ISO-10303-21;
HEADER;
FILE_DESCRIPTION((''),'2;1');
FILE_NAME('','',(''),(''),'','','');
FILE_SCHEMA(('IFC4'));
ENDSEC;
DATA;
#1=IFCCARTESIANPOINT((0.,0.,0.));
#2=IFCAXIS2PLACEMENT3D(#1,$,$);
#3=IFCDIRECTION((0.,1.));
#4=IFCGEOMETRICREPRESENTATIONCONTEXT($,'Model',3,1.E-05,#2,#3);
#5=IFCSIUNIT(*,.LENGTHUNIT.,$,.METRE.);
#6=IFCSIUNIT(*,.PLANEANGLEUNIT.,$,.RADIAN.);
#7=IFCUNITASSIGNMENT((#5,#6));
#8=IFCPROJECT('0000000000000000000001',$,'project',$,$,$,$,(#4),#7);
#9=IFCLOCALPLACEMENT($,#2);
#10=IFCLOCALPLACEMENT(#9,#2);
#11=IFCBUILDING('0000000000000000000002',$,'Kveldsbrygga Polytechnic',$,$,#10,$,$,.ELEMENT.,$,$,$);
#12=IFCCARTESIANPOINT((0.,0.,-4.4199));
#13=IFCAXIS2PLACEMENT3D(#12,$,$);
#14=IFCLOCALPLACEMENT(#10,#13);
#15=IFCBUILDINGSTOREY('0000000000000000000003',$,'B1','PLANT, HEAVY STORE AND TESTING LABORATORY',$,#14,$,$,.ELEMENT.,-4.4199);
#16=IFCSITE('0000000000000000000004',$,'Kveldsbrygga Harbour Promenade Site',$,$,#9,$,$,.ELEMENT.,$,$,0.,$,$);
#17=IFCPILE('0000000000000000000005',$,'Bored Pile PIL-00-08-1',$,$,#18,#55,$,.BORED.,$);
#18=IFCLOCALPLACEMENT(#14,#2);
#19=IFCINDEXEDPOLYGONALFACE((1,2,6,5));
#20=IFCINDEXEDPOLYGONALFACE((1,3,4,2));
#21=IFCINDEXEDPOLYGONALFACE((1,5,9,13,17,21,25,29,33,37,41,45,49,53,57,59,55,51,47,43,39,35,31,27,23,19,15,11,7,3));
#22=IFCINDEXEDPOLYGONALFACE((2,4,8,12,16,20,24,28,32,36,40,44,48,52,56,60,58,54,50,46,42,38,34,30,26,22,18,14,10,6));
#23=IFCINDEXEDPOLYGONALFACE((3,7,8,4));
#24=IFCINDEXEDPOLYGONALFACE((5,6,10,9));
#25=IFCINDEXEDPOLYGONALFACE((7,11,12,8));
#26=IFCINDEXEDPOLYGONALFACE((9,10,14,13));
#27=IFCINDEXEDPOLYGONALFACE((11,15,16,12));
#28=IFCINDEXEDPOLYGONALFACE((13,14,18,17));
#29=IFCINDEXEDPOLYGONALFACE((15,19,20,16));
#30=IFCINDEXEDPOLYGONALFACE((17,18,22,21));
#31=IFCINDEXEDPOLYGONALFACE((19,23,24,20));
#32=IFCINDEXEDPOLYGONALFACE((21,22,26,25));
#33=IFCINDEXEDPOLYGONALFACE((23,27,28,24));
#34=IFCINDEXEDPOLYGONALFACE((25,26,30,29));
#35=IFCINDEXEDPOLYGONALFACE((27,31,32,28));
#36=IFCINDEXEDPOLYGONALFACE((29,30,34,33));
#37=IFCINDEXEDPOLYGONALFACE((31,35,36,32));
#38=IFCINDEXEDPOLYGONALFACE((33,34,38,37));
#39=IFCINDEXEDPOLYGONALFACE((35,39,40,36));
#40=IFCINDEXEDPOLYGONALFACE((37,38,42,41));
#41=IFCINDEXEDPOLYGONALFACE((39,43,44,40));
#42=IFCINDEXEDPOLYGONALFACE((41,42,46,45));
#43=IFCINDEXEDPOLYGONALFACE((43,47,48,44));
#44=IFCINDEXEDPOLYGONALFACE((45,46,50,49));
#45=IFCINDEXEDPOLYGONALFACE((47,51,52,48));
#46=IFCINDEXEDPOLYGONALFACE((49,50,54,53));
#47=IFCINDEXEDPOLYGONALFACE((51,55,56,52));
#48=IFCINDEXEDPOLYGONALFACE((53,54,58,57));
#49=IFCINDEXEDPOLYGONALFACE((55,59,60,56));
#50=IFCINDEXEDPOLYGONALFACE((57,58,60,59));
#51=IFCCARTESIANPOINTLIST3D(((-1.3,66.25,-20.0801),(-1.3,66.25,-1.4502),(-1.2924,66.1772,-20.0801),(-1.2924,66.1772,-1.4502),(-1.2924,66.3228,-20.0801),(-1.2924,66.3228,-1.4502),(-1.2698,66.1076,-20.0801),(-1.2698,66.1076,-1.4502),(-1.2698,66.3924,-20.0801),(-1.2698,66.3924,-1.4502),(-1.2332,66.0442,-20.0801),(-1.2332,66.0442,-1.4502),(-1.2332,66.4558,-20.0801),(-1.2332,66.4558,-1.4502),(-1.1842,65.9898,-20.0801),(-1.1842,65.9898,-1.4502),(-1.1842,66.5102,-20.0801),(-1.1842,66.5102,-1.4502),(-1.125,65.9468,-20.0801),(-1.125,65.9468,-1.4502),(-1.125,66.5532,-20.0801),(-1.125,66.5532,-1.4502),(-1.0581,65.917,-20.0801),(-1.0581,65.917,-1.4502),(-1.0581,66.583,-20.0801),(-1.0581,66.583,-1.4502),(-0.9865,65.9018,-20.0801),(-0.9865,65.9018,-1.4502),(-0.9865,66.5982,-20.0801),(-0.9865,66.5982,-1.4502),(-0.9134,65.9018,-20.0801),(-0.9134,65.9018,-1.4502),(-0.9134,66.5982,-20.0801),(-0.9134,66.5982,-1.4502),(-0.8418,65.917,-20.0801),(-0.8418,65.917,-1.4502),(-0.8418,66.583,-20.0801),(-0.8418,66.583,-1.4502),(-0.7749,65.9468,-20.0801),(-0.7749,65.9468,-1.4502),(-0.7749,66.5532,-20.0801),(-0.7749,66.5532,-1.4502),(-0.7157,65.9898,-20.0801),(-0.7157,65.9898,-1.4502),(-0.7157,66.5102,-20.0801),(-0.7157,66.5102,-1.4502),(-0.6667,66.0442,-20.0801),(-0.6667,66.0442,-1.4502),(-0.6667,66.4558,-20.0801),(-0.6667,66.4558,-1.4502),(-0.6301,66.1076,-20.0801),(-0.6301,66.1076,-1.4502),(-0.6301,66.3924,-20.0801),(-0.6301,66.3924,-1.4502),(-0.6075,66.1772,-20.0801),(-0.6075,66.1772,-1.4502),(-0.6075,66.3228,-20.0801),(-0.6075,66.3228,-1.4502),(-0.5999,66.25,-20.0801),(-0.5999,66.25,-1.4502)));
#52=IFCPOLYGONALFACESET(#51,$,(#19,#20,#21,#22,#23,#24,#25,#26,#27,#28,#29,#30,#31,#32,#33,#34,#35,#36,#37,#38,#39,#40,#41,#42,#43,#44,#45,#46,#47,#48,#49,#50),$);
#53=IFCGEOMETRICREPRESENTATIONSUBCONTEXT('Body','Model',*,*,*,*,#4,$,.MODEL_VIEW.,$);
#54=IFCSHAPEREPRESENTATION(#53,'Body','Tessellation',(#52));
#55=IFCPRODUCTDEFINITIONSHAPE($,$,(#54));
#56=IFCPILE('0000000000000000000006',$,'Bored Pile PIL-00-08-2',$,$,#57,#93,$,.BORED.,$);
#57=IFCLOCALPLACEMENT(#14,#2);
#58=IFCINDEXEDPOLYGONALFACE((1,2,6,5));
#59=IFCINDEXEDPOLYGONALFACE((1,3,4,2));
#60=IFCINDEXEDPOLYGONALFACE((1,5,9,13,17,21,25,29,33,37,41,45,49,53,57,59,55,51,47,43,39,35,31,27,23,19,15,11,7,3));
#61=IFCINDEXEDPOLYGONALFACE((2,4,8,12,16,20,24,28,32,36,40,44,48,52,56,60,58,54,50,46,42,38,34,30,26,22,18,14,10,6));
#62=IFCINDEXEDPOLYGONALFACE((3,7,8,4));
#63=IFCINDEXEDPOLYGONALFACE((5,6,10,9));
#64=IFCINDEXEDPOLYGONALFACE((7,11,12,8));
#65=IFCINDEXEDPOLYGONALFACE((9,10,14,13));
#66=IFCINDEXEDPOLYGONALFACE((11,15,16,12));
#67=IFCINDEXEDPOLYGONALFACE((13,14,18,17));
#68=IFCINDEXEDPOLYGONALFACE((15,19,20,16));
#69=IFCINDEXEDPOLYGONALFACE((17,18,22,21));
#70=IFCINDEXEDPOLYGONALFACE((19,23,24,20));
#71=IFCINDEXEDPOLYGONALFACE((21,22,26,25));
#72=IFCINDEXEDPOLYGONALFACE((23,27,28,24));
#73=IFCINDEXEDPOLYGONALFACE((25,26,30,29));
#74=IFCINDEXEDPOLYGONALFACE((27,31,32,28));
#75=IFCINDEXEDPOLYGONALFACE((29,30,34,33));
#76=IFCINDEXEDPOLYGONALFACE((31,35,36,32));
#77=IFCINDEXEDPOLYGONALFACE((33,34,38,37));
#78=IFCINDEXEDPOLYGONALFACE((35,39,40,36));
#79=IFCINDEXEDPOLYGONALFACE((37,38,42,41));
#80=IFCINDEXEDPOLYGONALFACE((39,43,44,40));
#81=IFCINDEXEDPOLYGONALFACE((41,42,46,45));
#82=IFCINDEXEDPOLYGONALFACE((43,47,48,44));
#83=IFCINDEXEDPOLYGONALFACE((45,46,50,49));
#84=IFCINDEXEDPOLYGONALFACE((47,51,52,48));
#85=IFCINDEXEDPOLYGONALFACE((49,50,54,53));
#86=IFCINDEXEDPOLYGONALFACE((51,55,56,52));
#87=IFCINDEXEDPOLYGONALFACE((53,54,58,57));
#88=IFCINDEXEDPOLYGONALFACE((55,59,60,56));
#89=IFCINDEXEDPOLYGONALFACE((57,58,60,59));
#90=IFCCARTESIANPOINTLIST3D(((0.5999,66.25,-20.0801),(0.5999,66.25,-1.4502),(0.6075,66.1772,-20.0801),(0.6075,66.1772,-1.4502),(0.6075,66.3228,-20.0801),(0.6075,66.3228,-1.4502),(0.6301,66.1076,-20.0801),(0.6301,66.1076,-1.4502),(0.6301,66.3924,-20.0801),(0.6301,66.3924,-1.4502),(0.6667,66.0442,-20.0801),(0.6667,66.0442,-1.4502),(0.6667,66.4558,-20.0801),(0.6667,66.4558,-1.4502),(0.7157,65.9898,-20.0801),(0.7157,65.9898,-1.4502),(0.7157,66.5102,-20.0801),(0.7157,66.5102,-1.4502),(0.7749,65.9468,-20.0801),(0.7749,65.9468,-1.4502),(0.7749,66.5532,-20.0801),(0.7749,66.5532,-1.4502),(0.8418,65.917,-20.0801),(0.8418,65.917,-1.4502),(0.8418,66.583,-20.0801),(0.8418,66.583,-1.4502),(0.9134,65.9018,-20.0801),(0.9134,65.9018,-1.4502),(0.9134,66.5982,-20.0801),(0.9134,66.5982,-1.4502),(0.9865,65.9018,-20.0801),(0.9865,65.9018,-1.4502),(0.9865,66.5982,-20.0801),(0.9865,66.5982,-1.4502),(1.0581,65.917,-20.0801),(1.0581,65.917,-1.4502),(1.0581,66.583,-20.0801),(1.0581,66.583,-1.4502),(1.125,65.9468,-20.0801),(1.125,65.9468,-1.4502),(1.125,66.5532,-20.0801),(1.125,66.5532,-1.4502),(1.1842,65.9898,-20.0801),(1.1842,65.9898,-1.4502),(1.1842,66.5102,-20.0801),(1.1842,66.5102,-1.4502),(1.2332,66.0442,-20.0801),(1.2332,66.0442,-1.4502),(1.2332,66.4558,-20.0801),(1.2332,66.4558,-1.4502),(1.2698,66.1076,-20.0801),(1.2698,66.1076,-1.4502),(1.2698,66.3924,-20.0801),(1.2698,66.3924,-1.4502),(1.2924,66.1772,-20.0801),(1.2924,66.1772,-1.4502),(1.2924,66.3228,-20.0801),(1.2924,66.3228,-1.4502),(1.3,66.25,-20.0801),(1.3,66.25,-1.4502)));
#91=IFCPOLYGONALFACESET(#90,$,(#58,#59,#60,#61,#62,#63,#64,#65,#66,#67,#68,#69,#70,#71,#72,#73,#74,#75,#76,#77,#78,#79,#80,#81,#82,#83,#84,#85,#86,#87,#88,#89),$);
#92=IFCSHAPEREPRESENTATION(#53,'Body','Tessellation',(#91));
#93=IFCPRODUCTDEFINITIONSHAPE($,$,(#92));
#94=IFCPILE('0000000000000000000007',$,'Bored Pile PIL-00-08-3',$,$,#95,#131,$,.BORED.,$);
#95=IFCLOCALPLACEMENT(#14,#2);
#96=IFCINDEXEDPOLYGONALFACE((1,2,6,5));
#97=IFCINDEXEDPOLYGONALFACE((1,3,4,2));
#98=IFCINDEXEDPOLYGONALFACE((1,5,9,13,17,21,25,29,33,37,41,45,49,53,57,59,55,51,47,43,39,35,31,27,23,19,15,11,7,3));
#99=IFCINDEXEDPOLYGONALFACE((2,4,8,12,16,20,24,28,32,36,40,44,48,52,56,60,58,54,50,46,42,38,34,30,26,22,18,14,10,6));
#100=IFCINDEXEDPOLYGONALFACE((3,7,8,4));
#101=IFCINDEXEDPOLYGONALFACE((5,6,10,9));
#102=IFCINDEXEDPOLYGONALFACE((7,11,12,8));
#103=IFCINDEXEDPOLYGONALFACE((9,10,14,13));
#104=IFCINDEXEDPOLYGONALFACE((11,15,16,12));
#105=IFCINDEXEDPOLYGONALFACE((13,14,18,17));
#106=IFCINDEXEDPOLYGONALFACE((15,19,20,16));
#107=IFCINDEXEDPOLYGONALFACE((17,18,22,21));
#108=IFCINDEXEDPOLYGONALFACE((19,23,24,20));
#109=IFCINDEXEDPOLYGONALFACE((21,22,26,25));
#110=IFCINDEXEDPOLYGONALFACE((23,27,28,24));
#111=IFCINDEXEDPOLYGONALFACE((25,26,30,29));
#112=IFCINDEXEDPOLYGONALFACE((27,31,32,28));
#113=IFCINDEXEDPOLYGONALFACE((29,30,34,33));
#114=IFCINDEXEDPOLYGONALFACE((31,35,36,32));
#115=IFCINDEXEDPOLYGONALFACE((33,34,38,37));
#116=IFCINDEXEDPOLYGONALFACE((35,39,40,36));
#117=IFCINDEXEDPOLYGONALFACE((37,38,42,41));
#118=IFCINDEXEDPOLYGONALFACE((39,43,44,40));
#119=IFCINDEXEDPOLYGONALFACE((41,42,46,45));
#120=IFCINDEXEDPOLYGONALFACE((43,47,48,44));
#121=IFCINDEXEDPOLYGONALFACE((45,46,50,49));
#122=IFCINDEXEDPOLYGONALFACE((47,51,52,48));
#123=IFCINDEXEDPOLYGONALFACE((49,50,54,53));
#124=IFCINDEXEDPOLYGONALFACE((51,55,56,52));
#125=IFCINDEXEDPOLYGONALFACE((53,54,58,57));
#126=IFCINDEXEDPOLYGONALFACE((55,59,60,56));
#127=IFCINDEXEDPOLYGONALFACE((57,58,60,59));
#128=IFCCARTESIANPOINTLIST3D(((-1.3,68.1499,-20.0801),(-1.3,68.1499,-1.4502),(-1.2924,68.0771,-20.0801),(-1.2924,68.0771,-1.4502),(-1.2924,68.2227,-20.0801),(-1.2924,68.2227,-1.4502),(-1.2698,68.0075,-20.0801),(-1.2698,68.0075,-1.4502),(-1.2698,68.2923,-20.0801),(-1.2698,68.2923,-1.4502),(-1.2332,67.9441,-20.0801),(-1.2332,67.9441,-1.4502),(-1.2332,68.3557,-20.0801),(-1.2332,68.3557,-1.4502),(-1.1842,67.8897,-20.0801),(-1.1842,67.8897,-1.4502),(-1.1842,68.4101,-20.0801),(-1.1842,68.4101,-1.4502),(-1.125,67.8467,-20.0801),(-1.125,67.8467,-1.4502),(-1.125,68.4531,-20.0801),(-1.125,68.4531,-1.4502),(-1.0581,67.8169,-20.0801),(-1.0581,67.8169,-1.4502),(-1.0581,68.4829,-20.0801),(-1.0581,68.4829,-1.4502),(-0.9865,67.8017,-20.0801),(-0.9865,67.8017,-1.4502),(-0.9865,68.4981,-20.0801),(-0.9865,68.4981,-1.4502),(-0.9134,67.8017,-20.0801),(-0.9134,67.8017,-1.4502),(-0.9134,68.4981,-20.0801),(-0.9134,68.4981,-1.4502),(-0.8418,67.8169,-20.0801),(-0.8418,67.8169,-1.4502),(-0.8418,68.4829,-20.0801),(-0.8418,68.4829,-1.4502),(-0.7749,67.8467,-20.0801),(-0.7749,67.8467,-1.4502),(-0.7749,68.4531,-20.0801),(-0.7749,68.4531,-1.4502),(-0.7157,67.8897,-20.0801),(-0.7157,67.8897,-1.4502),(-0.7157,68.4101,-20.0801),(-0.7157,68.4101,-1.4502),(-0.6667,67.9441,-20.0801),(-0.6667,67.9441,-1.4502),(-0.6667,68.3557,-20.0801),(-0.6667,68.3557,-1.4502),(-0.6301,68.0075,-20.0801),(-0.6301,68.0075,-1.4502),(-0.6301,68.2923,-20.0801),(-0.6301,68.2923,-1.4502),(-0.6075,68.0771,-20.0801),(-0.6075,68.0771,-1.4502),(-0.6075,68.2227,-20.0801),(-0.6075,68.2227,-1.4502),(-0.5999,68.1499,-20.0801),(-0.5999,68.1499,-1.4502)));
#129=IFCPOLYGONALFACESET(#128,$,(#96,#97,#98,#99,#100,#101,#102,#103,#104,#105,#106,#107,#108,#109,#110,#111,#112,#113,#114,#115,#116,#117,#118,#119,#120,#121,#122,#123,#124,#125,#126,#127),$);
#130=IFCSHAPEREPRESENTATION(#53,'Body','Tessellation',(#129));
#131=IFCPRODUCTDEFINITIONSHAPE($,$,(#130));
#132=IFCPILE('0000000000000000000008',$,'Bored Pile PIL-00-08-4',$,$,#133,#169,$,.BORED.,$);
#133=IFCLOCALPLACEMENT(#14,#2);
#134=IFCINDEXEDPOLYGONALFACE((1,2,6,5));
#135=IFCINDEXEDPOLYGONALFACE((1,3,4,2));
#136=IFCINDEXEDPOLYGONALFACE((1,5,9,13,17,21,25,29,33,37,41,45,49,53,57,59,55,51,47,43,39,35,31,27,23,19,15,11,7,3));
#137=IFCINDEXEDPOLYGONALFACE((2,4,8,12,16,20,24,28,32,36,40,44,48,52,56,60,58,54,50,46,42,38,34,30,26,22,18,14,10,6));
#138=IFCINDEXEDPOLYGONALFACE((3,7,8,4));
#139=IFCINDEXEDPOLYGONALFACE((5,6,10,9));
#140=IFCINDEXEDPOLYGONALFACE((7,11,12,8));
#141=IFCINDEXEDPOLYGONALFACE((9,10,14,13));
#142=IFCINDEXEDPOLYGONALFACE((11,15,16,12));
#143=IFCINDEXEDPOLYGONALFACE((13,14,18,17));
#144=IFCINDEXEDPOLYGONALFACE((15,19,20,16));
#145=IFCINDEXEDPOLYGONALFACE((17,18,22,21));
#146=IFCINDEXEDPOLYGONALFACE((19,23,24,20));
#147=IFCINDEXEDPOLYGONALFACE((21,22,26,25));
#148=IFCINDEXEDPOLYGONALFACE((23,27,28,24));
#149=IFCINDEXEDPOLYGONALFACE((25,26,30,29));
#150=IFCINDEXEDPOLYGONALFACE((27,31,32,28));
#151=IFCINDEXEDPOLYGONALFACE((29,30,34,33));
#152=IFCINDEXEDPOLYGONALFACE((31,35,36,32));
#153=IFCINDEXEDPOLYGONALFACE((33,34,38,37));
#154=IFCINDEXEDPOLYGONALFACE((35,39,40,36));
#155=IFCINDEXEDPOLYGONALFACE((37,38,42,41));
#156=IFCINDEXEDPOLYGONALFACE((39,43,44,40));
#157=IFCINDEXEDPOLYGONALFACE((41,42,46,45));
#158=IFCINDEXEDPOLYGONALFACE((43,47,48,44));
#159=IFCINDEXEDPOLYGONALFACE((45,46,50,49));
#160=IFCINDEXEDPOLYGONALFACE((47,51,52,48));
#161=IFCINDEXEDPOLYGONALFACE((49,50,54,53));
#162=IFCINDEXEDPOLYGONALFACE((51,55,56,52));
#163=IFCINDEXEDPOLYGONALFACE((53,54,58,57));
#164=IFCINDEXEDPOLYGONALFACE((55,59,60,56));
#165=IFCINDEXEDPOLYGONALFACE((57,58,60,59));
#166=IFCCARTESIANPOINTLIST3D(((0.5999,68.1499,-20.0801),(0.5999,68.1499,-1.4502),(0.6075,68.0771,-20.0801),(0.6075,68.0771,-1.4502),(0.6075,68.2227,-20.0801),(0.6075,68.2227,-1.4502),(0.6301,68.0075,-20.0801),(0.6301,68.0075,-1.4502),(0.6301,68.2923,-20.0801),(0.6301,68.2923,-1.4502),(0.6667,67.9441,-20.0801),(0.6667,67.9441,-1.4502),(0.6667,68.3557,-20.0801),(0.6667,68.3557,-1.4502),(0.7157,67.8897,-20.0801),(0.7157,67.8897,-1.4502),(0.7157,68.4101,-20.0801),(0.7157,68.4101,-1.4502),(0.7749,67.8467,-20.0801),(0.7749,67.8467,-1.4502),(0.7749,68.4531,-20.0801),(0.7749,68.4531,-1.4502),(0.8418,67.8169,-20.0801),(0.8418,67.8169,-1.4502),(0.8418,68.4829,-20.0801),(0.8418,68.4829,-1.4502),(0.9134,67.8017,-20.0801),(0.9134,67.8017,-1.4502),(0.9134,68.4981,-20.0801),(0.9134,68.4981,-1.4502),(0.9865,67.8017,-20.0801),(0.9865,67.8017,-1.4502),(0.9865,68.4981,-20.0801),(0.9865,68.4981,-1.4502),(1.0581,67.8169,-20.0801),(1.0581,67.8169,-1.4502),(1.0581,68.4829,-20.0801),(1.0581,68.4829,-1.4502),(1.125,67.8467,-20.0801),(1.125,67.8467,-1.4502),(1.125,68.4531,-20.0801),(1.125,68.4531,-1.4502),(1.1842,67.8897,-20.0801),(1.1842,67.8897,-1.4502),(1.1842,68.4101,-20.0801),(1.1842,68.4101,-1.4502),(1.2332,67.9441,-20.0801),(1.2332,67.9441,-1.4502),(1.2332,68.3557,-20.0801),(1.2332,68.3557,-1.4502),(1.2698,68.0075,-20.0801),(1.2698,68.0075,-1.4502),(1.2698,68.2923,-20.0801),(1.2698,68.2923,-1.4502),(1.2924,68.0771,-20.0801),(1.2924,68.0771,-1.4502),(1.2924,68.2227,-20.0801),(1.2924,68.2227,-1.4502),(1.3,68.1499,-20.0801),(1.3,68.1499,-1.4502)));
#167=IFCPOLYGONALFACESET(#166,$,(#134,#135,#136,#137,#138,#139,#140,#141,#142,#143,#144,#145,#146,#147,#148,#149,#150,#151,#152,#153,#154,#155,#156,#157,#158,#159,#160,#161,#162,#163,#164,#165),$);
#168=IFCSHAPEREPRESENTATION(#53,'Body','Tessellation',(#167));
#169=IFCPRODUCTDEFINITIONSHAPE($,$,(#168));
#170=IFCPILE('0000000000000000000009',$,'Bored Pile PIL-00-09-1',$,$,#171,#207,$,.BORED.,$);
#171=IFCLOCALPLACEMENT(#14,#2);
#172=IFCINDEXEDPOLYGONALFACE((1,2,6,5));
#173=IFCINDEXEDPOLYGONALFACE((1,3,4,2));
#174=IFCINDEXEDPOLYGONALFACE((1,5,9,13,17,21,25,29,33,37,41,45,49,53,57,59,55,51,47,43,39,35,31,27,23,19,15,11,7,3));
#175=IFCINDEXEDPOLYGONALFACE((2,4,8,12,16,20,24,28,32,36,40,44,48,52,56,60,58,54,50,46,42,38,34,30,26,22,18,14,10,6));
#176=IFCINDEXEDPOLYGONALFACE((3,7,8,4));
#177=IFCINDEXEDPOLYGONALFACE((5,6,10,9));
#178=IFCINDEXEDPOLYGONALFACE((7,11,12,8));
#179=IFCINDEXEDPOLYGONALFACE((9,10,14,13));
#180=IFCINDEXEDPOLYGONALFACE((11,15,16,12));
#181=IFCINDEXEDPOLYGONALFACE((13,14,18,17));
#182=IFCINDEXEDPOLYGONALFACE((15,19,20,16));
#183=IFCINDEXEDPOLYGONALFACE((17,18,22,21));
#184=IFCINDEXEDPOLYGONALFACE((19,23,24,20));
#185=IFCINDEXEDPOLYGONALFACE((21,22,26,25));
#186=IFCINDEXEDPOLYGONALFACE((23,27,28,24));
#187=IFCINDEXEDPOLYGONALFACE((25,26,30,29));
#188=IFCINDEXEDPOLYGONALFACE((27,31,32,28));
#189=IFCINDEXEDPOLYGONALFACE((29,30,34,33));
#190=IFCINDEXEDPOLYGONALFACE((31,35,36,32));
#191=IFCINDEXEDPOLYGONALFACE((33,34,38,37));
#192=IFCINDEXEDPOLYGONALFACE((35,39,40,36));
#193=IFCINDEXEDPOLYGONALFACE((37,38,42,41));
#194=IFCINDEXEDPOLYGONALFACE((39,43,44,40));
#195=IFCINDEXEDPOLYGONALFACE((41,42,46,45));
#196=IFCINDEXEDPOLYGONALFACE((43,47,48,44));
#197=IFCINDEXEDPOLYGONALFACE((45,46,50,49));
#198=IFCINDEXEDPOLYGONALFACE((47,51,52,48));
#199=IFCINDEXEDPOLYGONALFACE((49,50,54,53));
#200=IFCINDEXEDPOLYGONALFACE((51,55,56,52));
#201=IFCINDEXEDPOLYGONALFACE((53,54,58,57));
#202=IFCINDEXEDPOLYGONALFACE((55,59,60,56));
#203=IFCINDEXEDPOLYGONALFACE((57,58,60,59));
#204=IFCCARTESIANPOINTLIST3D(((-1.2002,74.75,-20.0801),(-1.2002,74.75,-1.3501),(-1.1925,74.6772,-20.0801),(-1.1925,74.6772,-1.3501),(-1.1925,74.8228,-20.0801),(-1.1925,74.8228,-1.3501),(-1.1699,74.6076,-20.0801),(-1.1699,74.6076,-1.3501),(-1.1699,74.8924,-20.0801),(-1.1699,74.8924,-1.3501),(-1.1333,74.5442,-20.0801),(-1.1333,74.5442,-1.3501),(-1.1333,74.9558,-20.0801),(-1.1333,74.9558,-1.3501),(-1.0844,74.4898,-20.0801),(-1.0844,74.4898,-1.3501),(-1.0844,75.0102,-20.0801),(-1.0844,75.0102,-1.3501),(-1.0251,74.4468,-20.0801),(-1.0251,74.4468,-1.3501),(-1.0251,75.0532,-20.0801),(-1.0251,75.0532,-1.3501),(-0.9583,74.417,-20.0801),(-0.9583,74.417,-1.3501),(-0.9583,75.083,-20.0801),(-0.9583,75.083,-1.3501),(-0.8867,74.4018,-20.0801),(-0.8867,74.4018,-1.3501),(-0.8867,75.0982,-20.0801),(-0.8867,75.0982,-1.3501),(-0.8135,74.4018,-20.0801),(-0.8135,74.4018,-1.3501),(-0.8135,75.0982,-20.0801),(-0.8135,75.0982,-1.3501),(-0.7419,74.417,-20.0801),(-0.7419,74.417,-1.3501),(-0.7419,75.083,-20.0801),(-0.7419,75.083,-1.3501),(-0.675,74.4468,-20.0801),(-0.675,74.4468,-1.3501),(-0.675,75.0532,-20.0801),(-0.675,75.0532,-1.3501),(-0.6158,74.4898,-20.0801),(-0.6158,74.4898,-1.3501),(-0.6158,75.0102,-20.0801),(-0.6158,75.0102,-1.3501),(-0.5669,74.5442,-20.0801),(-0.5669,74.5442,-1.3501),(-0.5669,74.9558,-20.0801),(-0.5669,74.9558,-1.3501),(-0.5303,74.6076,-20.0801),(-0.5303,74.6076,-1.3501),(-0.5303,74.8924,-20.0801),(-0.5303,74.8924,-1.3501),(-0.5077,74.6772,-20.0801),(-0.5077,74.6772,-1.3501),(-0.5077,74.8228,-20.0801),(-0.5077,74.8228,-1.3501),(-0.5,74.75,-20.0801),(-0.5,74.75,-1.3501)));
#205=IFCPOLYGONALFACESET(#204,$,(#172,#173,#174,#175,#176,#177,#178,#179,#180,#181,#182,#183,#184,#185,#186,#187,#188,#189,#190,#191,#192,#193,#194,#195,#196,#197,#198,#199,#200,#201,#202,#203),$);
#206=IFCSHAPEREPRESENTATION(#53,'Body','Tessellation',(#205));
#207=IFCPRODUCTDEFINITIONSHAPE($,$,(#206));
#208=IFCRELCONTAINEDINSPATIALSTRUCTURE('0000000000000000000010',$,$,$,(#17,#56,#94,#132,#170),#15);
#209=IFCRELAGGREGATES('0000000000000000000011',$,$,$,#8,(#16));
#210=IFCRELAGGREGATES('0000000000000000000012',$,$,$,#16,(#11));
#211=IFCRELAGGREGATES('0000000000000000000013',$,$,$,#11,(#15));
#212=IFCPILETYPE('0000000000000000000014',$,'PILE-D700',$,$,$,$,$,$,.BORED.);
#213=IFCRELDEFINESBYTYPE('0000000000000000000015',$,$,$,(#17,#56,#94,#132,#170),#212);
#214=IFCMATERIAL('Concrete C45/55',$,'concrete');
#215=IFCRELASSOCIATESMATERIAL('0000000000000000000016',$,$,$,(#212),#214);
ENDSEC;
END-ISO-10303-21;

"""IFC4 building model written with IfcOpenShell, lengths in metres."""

from ifc_helpers import new_model, si_unit, direction, frame, origin, origin_2d, place, context, subcontext, project, spatial, circle, extrude, material, material_profile, profile_set, type_object, element, save


model = new_model("IFC4")

# Units and contexts
model_context = context("Model", 3, precision=1e-05, world=origin(), true_north=direction((0.0, 1.0)))
body_context = subcontext(model_context, "Body", "Model", "MODEL_VIEW")
ifc_project = project(units=[si_unit("LENGTHUNIT", "METRE"), si_unit("PLANEANGLEUNIT", "RADIAN")], contexts=[model_context])

# Site, building, storey
site_placement = place(None, origin())
site = spatial("IfcSite", under=ifc_project, at=site_placement, Name="Kveldsbrygga Harbour Promenade Site", CompositionType="ELEMENT", RefElevation=0.0)
building_placement = place(site_placement, origin())
building = spatial("IfcBuilding", under=site, at=building_placement, Name="Kveldsbrygga Polytechnic", CompositionType="ELEMENT")
storey_placement = place(building_placement, frame((0.0, 0.0, -4.4199)))
storey = spatial("IfcBuildingStorey", under=building, at=storey_placement, Name="B1", Description="PLANT, HEAVY STORE AND TESTING LABORATORY", CompositionType="ELEMENT", Elevation=-4.4199)

# Shared definitions
ifc_material_1 = material(Name="Concrete C45/55", Category="concrete")

# Piles
ifc_material_profile_1 = material_profile(ifc_material_1, circle(Radius=0.3501, at=origin_2d()), Name="PILE D700")
ifc_profile_set_1 = profile_set([ifc_material_profile_1], Name="Concrete C45/55")
pile_type_1 = type_object("IfcPileType", Name="PILE-D700", PredefinedType="BORED", material=ifc_profile_set_1)
for number, where, z_axis, x_axis, name in (
    (1, (-0.95, 66.25, -1.4502), (0.0, 0.0, -1.0), (1.0, 0.0, 0.0), "Bored Pile PIL-00-08-1"),
    (2, (0.95, 66.25, -1.4502), (0.0, 0.0, -1.0), (1.0, 0.0, 0.0), "Bored Pile PIL-00-08-2"),
    (3, (-0.95, 68.1499, -1.4502), (0.0, 0.0, -1.0), (1.0, 0.0, 0.0), "Bored Pile PIL-00-08-3"),
    (4, (0.95, 68.1499, -1.4502), (0.0, 0.0, -1.0), (1.0, 0.0, 0.0), "Bored Pile PIL-00-08-4"),
):
    element("IfcPile", number, at=place(storey_placement, frame(where, z_axis=z_axis, x_axis=x_axis)), inside=storey, type_object=pile_type_1, Name=name, PredefinedType="BORED", context=body_context, shape_type="SweptSolid", body=[
        extrude(circle(Radius=0.3501, at=origin_2d()), origin(), (0.0, 0.0, 1.0), 18.6299),
    ])
for number, where, z_axis, x_axis, name in (
    (5, (-0.8501, 74.75, -1.3501), (0.0, 0.0, -1.0), (1.0, 0.0, 0.0), "Bored Pile PIL-00-09-1"),
):
    element("IfcPile", number, at=place(storey_placement, frame(where, z_axis=z_axis, x_axis=x_axis)), inside=storey, type_object=pile_type_1, Name=name, PredefinedType="BORED", context=body_context, shape_type="SweptSolid", body=[
        extrude(circle(Radius=0.3501, at=origin_2d()), origin(), (0.0, 0.0, 1.0), 18.73),
    ])

save(model, "model.ifc")
